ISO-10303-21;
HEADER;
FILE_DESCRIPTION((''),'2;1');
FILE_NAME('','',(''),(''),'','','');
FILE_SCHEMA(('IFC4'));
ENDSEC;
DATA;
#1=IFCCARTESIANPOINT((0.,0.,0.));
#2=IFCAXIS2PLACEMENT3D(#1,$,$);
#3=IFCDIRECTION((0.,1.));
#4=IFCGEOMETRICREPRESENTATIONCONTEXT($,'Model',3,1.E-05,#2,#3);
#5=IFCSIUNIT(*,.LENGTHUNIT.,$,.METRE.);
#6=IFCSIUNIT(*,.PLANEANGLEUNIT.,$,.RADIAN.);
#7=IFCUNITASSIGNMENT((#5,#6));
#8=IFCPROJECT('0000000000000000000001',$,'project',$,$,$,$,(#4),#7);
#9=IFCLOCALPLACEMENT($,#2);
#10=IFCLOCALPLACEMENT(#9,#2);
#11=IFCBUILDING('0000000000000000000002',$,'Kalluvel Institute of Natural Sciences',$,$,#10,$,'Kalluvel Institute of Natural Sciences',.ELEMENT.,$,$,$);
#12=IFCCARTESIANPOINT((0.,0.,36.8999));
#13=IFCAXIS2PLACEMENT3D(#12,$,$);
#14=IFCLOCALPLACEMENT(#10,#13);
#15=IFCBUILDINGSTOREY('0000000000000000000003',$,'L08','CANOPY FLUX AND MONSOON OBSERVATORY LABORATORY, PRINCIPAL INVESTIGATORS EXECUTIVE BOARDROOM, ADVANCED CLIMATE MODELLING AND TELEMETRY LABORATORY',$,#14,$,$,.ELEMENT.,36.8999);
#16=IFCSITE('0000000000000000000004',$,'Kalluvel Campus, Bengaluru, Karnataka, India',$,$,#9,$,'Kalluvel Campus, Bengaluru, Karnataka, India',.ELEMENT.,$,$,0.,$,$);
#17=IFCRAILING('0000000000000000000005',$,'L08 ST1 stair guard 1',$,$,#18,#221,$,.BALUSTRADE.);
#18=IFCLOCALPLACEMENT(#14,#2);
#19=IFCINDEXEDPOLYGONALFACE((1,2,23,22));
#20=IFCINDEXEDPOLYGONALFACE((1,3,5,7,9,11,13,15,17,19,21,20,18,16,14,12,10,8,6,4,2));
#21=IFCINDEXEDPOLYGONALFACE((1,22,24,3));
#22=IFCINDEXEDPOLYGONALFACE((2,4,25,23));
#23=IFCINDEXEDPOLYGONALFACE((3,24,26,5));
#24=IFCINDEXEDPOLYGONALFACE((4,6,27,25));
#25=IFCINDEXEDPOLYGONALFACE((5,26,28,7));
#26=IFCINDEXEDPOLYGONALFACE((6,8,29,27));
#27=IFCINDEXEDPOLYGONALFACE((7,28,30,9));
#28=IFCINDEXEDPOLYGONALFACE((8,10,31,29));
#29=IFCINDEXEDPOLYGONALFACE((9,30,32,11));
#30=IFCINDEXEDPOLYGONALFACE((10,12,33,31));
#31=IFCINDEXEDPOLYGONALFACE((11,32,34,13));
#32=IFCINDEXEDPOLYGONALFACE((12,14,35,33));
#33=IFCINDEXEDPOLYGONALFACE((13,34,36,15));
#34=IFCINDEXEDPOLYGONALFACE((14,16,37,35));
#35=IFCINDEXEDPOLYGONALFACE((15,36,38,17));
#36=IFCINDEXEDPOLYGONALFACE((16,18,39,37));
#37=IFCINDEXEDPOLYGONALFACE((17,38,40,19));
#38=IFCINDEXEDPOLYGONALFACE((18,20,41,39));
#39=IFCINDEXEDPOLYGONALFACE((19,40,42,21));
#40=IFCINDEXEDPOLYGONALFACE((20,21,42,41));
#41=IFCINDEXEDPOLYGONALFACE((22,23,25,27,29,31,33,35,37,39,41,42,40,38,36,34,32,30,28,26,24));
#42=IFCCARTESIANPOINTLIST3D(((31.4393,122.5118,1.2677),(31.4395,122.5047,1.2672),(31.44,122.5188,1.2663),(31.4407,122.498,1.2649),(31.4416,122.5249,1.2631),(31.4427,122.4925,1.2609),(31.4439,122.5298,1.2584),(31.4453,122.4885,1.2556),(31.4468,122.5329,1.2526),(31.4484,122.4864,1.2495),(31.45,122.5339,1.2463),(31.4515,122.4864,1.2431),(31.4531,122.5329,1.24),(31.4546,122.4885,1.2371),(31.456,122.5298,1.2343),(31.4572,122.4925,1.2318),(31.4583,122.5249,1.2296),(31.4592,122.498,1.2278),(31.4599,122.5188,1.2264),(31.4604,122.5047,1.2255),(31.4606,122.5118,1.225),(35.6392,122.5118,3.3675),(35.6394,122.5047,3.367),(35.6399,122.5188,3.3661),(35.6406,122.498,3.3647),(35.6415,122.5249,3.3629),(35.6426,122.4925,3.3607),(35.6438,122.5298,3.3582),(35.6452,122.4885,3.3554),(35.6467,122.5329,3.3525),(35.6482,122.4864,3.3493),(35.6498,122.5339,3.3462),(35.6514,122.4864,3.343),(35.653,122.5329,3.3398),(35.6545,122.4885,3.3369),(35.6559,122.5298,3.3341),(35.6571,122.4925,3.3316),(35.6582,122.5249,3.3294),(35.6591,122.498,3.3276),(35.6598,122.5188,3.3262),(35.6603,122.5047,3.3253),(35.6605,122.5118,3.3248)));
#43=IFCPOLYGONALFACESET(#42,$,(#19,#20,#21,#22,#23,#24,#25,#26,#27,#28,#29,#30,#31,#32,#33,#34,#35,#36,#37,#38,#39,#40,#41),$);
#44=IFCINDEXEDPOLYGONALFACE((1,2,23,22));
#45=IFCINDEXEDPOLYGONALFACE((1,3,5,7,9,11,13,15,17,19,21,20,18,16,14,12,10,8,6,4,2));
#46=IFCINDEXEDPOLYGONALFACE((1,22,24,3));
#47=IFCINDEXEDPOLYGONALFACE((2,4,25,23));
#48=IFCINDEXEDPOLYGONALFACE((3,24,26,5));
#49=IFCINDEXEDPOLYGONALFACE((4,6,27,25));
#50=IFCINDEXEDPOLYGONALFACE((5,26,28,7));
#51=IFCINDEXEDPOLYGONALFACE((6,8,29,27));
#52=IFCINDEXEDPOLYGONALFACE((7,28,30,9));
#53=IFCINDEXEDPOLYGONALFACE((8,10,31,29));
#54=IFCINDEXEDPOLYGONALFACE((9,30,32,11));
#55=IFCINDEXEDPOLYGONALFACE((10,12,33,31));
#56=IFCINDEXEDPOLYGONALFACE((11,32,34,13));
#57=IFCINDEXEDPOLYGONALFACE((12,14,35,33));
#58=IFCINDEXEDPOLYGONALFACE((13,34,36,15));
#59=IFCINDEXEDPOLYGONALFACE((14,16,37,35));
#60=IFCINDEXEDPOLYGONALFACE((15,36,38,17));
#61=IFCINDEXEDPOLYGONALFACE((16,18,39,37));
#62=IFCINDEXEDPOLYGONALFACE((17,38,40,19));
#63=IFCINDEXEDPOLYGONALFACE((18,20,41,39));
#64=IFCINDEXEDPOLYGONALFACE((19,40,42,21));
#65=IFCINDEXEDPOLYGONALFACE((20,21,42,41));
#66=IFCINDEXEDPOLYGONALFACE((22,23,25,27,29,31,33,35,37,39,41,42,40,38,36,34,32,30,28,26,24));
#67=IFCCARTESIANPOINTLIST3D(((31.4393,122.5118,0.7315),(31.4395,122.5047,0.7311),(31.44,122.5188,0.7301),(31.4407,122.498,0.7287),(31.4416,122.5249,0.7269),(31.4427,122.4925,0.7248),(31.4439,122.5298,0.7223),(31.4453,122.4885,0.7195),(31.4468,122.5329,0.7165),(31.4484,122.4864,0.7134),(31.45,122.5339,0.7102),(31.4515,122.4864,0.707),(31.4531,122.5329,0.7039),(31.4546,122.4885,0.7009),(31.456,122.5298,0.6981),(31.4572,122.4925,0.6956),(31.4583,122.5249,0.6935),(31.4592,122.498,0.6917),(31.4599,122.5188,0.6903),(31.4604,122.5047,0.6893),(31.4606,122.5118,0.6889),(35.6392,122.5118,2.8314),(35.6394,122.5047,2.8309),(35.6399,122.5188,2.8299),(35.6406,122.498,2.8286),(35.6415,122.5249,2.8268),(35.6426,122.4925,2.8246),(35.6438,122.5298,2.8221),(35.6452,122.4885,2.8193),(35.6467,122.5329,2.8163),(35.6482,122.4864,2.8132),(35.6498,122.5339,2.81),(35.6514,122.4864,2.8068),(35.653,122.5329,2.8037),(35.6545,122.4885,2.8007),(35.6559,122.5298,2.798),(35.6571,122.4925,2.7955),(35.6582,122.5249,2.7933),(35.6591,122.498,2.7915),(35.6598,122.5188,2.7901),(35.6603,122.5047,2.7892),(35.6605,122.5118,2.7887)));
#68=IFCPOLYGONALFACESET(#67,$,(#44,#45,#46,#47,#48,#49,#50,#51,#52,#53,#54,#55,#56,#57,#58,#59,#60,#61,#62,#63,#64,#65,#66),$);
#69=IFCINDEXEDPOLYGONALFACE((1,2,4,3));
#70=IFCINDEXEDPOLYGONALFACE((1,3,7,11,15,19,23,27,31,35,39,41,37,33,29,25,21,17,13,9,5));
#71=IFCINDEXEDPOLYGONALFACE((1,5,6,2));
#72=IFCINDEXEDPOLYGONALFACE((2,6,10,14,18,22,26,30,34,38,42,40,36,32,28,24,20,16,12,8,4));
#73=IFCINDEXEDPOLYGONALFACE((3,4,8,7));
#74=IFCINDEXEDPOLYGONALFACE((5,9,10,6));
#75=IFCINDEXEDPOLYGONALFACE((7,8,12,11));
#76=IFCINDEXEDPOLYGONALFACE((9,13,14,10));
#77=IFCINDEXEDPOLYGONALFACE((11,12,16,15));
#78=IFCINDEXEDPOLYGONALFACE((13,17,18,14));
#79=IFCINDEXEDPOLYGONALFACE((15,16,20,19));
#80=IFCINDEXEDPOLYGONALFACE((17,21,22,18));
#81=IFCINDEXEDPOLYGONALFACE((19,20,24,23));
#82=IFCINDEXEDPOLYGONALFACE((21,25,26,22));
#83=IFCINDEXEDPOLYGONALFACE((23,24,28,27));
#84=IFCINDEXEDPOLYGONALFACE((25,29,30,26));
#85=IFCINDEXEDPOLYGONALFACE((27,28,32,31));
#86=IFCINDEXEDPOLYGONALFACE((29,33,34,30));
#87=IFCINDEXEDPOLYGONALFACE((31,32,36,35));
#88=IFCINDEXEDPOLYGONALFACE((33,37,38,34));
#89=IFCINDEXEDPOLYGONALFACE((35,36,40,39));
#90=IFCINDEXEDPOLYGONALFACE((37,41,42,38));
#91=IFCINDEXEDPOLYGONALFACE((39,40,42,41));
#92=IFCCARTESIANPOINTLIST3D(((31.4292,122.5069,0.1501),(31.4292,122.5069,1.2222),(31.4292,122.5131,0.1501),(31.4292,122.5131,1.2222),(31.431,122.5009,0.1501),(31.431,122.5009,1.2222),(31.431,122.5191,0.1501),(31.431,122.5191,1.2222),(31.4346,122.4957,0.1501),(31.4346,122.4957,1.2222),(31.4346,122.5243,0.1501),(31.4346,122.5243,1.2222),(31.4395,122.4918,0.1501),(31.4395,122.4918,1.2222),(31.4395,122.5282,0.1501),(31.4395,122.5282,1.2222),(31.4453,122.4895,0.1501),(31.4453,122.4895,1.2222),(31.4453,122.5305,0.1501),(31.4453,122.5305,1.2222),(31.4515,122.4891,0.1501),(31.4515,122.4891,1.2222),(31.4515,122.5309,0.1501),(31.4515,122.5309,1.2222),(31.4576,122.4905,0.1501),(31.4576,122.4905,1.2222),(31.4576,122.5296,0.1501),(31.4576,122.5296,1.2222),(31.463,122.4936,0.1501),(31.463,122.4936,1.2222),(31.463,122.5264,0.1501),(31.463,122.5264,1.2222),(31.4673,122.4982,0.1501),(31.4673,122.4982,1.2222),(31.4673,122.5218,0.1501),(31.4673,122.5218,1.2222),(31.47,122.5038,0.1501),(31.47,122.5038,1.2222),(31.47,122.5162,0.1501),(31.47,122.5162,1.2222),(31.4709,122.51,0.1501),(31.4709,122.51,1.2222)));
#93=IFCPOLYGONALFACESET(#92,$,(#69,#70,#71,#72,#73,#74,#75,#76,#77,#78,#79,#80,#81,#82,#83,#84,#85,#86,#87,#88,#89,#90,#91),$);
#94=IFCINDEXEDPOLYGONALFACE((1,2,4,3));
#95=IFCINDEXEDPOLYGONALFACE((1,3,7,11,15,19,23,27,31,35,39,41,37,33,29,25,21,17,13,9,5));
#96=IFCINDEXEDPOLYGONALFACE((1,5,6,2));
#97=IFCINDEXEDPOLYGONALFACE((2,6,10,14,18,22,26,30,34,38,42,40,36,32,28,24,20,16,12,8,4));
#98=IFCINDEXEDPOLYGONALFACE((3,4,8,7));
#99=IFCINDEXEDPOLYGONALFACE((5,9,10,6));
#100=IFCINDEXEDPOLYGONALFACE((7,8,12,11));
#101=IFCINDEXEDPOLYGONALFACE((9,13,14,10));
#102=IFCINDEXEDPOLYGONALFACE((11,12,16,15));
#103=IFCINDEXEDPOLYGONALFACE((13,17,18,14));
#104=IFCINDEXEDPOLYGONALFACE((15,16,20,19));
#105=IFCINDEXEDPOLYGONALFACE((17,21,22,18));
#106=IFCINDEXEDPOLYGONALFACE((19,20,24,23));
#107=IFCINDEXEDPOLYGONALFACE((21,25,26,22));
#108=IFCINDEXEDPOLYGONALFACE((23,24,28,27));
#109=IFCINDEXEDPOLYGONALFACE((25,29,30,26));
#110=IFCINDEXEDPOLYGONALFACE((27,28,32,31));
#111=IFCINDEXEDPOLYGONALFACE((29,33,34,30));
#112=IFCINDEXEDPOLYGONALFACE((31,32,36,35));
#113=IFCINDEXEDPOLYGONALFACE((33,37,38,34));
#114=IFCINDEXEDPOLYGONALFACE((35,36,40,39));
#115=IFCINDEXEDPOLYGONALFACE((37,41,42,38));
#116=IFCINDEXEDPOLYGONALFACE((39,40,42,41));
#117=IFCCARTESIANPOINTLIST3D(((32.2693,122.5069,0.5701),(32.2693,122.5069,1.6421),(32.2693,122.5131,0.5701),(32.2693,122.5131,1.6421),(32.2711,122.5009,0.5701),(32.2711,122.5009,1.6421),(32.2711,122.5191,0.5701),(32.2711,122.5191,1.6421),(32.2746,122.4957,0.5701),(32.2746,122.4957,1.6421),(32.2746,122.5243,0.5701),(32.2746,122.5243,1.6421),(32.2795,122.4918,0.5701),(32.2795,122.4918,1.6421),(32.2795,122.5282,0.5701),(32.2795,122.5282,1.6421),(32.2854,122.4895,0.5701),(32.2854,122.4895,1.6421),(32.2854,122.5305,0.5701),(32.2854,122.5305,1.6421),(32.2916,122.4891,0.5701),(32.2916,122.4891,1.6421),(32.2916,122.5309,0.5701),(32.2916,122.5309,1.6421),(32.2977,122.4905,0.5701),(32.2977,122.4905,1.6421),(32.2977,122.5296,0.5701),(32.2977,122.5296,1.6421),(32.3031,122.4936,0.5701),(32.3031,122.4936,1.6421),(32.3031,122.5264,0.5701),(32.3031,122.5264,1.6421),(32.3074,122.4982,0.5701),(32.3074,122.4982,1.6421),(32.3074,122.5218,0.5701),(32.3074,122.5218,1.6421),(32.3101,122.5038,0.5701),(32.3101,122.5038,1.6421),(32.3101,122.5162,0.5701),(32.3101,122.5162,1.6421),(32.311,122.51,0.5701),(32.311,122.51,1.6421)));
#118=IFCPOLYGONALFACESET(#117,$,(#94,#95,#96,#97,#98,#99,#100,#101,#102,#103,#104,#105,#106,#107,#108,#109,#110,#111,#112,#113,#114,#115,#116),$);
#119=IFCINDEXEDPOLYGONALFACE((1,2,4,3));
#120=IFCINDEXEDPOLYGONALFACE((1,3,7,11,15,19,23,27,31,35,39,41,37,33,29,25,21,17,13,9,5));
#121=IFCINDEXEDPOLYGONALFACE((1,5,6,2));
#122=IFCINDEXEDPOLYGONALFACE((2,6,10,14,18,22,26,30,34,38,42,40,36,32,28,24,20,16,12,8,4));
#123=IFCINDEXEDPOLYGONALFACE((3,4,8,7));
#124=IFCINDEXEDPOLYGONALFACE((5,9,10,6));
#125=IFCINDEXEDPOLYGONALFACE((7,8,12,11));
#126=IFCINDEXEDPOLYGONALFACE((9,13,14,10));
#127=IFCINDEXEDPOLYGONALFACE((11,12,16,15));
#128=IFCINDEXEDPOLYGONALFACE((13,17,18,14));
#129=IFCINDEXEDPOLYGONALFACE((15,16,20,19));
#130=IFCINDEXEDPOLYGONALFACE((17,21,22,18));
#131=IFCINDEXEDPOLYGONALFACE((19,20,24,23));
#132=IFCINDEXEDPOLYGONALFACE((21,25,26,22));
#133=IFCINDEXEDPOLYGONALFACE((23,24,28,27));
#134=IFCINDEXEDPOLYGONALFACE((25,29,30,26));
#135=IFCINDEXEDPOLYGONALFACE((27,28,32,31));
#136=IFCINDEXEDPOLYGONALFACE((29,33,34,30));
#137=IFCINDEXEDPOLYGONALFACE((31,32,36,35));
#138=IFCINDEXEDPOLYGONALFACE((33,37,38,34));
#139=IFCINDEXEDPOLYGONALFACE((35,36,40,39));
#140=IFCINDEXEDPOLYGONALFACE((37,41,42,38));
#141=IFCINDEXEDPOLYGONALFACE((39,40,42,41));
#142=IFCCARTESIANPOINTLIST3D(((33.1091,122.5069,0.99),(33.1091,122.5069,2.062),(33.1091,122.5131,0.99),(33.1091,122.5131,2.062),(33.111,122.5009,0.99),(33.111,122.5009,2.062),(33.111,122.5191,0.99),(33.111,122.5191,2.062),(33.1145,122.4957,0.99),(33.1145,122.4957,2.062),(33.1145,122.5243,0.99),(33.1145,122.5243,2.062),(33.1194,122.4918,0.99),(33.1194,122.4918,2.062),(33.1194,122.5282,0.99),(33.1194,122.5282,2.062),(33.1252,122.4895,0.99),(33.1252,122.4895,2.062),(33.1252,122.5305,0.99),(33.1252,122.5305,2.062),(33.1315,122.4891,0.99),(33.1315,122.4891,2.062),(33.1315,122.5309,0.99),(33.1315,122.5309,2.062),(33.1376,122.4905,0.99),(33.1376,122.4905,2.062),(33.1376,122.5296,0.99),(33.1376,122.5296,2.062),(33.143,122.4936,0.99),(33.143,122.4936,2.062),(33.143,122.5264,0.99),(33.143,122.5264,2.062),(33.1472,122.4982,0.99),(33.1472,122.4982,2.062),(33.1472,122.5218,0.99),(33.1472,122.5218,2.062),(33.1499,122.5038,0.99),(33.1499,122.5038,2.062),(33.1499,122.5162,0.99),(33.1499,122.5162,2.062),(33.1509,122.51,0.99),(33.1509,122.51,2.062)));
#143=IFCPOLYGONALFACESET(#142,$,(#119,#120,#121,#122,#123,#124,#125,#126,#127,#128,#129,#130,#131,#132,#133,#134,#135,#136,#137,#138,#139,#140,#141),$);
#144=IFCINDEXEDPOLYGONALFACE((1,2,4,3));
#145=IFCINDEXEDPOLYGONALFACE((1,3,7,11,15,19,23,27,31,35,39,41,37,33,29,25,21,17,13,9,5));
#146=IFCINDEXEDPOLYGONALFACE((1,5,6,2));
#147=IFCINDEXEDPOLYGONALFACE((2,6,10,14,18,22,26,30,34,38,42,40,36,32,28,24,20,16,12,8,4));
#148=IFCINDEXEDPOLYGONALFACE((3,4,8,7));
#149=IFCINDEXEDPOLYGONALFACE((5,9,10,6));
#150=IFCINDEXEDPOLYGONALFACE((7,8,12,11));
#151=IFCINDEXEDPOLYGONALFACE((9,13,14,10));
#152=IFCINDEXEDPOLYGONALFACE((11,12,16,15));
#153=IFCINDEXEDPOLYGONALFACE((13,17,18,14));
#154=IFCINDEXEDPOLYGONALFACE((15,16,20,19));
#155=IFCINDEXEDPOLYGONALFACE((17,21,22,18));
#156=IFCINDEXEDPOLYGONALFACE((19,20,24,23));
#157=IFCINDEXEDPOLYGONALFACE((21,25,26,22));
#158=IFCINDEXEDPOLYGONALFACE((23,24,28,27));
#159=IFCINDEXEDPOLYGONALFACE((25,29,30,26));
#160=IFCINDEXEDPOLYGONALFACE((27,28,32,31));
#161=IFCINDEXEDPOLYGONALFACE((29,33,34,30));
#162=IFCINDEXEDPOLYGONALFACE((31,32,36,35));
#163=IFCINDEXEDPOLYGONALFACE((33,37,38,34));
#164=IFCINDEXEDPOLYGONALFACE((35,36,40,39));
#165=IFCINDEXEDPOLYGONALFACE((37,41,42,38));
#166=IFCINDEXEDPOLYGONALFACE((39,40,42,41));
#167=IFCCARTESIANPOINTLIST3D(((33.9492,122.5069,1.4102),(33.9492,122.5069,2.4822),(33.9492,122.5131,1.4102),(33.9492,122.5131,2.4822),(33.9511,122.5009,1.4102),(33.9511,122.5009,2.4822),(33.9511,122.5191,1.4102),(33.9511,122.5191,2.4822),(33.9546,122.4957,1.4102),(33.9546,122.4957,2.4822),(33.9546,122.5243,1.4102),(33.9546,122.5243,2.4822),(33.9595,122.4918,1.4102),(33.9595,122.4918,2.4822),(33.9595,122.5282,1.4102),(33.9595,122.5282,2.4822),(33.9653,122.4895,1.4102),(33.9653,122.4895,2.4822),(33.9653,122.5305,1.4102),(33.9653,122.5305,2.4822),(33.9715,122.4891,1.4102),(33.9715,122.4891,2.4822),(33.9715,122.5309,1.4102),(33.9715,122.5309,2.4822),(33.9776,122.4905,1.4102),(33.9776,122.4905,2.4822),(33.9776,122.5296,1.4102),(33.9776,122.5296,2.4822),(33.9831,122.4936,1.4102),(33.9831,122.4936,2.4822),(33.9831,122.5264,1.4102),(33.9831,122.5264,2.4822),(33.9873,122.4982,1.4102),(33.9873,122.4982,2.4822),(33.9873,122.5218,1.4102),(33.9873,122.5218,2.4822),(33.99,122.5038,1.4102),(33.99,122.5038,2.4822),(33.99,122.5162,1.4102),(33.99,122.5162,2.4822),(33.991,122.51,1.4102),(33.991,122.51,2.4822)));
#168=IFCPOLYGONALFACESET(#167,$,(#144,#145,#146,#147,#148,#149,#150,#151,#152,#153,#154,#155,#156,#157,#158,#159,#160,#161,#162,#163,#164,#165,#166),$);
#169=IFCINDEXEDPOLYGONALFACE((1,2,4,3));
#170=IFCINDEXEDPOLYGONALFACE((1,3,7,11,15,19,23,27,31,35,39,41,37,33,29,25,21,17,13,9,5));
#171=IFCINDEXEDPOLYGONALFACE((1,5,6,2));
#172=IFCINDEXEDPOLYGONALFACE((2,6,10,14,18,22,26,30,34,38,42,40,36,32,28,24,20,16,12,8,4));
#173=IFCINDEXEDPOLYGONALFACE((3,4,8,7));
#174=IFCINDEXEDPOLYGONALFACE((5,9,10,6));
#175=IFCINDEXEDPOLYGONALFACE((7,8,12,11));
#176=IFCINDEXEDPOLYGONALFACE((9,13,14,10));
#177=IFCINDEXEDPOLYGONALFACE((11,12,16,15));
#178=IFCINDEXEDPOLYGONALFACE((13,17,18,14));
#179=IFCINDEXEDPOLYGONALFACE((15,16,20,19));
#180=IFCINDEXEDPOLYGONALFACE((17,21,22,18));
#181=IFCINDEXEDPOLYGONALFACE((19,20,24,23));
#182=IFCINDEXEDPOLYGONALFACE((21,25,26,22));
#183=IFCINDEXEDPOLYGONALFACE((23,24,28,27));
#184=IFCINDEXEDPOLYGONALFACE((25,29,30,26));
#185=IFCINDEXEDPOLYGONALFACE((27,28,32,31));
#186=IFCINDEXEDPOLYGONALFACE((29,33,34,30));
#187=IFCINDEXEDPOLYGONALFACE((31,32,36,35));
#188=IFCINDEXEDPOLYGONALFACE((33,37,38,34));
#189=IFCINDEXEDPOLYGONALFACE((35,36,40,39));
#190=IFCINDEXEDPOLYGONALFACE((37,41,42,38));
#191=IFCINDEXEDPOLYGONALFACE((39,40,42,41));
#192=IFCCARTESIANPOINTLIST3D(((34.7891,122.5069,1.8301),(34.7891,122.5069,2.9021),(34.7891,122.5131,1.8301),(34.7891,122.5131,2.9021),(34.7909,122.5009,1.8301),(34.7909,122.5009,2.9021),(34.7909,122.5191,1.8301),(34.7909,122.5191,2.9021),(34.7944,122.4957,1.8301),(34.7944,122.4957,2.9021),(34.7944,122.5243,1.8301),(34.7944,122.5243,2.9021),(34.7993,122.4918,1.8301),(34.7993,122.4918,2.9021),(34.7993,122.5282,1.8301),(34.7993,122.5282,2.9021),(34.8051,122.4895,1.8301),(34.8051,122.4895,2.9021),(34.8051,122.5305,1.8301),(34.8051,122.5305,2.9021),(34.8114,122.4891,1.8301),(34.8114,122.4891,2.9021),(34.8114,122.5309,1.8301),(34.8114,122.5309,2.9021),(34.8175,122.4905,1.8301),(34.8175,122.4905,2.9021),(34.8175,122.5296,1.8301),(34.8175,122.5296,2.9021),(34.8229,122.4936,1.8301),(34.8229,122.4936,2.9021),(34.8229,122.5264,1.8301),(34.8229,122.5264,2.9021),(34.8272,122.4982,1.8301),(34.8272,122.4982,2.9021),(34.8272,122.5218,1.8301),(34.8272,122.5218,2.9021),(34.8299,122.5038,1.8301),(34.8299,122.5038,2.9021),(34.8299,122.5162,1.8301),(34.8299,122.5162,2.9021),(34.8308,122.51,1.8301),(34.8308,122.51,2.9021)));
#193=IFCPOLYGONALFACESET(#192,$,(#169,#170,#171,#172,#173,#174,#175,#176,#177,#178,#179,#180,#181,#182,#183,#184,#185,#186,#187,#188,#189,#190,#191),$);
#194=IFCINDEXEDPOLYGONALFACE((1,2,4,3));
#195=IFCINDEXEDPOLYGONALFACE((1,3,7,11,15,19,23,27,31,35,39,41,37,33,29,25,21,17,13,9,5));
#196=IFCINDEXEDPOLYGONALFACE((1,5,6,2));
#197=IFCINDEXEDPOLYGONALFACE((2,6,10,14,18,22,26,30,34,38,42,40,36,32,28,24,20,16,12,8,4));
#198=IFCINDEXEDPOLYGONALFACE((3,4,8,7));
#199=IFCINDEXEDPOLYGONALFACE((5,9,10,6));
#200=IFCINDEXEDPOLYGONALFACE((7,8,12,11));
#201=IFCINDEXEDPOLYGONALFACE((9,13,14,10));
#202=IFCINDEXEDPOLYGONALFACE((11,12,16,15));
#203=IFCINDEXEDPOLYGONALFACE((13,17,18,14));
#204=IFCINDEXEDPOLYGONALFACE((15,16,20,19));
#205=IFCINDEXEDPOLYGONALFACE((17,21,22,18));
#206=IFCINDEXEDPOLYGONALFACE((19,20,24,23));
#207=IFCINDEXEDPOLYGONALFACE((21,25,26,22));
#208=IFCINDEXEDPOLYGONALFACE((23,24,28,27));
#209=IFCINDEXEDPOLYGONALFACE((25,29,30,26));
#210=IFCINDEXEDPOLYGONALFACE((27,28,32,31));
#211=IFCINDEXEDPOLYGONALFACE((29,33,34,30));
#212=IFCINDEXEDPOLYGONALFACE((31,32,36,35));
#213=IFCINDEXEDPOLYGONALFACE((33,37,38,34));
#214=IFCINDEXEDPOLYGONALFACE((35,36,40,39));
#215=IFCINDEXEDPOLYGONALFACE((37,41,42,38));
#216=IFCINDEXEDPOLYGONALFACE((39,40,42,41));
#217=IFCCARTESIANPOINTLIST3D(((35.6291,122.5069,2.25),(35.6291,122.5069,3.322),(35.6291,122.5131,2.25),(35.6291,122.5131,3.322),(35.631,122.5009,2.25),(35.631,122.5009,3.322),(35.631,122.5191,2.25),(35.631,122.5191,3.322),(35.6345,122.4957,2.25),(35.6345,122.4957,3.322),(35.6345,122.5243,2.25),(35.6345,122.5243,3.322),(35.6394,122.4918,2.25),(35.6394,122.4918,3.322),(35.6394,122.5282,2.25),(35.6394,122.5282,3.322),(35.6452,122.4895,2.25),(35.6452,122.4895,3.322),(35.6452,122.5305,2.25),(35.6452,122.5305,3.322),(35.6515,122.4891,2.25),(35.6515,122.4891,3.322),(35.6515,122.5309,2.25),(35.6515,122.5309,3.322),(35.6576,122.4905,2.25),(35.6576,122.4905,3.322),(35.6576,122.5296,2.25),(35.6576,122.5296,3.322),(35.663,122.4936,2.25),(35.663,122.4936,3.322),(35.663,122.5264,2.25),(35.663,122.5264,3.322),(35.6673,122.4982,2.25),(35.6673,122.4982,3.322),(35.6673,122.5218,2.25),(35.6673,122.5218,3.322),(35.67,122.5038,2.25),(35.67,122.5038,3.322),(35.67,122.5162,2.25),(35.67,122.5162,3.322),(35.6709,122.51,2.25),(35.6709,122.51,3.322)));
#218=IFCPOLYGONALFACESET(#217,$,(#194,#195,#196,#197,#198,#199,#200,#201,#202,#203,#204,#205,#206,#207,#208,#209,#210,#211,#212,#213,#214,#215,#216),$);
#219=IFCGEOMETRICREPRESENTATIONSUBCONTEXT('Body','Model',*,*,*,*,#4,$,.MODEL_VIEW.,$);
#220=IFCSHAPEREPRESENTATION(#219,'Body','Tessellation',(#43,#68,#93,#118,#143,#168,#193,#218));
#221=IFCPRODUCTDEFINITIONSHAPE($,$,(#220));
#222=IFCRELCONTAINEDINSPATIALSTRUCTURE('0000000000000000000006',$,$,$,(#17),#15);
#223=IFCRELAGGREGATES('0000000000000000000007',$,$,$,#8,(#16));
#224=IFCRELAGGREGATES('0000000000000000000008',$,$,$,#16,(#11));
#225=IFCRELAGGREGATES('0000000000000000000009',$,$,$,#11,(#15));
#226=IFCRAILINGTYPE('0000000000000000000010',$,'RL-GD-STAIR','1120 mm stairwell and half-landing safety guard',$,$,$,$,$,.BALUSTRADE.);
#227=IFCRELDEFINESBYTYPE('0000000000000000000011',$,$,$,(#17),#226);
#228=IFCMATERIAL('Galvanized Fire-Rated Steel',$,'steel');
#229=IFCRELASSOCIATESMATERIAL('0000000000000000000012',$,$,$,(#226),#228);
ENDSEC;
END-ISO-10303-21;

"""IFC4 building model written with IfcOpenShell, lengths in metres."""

from ifc_helpers import new_model, si_unit, direction, frame, origin, origin_2d, place, context, subcontext, project, spatial, circle, extrude, material, type_object, element, save


model = new_model("IFC4")

# Units and contexts
model_context = context("Model", 3, precision=1e-05, world=origin(), true_north=direction((0.0, 1.0)))
body_context = subcontext(model_context, "Body", "Model", "MODEL_VIEW")
ifc_project = project(units=[si_unit("LENGTHUNIT", "METRE"), si_unit("PLANEANGLEUNIT", "RADIAN")], contexts=[model_context])

# Site, building, storey
site_placement = place(None, origin())
site = spatial("IfcSite", under=ifc_project, at=site_placement, Name="Kalluvel Campus, Bengaluru, Karnataka, India", LongName="Kalluvel Campus, Bengaluru, Karnataka, India", CompositionType="ELEMENT", RefElevation=0.0)
building_placement = place(site_placement, origin())
building = spatial("IfcBuilding", under=site, at=building_placement, Name="Kalluvel Institute of Natural Sciences", LongName="Kalluvel Institute of Natural Sciences", CompositionType="ELEMENT")
storey_placement = place(building_placement, frame((0.0, 0.0, 36.8999)))
storey = spatial("IfcBuildingStorey", under=building, at=storey_placement, Name="L08", Description="CANOPY FLUX AND MONSOON OBSERVATORY LABORATORY, PRINCIPAL INVESTIGATORS EXECUTIVE BOARDROOM, ADVANCED CLIMATE MODELLING AND TELEMETRY LABORATORY", CompositionType="ELEMENT", Elevation=36.8999)

# Shared definitions
ifc_material_1 = material(Name="Galvanized Fire-Rated Steel", Category="steel")

# Railing
railing_type_1 = type_object("IfcRailingType", Name="RL-GD-STAIR", Description="1120 mm stairwell and half-landing safety guard", PredefinedType="BALUSTRADE", material=ifc_material_1)
railing_1_placement = place(storey_placement, frame((31.45, 122.51, 0.1501)))
element("IfcRailing", 1, at=railing_1_placement, inside=storey, type_object=railing_type_1, Name="L08 ST1 stair guard 1", PredefinedType="BALUSTRADE", context=body_context, shape_type="SweptSolid", body=[
    extrude(circle(Radius=0.0239, at=origin_2d()), frame((0.0, 0.0, 1.0962), z_axis=(0.894438, 0.0, 0.447193), x_axis=(0.0, 1.0, 0.0)), (0.0, 0.0, 1.0), 4.6956),
    extrude(circle(Radius=0.0239, at=origin_2d()), frame((0.0, 0.0, 0.5601), z_axis=(0.894438, 0.0, 0.447193), x_axis=(0.0, 1.0, 0.0)), (0.0, 0.0, 1.0), 4.6956),
    extrude(circle(Radius=0.021, at=origin_2d()), origin(), (0.0, 0.0, 1.0), 1.072),
    extrude(circle(Radius=0.021, at=origin_2d()), frame((0.8401, 0.0, 0.4199)), (0.0, 0.0, 1.0), 1.072),
    extrude(circle(Radius=0.021, at=origin_2d()), frame((1.6799, 0.0, 0.8398)), (0.0, 0.0, 1.0), 1.072),
    extrude(circle(Radius=0.021, at=origin_2d()), frame((2.52, 0.0, 1.26)), (0.0, 0.0, 1.0), 1.072),
    extrude(circle(Radius=0.021, at=origin_2d()), frame((3.3599, 0.0, 1.6799)), (0.0, 0.0, 1.0), 1.072),
    extrude(circle(Radius=0.021, at=origin_2d()), frame((4.2, 0.0, 2.0999)), (0.0, 0.0, 1.0), 1.072),
])

save(model, "model.ifc")
